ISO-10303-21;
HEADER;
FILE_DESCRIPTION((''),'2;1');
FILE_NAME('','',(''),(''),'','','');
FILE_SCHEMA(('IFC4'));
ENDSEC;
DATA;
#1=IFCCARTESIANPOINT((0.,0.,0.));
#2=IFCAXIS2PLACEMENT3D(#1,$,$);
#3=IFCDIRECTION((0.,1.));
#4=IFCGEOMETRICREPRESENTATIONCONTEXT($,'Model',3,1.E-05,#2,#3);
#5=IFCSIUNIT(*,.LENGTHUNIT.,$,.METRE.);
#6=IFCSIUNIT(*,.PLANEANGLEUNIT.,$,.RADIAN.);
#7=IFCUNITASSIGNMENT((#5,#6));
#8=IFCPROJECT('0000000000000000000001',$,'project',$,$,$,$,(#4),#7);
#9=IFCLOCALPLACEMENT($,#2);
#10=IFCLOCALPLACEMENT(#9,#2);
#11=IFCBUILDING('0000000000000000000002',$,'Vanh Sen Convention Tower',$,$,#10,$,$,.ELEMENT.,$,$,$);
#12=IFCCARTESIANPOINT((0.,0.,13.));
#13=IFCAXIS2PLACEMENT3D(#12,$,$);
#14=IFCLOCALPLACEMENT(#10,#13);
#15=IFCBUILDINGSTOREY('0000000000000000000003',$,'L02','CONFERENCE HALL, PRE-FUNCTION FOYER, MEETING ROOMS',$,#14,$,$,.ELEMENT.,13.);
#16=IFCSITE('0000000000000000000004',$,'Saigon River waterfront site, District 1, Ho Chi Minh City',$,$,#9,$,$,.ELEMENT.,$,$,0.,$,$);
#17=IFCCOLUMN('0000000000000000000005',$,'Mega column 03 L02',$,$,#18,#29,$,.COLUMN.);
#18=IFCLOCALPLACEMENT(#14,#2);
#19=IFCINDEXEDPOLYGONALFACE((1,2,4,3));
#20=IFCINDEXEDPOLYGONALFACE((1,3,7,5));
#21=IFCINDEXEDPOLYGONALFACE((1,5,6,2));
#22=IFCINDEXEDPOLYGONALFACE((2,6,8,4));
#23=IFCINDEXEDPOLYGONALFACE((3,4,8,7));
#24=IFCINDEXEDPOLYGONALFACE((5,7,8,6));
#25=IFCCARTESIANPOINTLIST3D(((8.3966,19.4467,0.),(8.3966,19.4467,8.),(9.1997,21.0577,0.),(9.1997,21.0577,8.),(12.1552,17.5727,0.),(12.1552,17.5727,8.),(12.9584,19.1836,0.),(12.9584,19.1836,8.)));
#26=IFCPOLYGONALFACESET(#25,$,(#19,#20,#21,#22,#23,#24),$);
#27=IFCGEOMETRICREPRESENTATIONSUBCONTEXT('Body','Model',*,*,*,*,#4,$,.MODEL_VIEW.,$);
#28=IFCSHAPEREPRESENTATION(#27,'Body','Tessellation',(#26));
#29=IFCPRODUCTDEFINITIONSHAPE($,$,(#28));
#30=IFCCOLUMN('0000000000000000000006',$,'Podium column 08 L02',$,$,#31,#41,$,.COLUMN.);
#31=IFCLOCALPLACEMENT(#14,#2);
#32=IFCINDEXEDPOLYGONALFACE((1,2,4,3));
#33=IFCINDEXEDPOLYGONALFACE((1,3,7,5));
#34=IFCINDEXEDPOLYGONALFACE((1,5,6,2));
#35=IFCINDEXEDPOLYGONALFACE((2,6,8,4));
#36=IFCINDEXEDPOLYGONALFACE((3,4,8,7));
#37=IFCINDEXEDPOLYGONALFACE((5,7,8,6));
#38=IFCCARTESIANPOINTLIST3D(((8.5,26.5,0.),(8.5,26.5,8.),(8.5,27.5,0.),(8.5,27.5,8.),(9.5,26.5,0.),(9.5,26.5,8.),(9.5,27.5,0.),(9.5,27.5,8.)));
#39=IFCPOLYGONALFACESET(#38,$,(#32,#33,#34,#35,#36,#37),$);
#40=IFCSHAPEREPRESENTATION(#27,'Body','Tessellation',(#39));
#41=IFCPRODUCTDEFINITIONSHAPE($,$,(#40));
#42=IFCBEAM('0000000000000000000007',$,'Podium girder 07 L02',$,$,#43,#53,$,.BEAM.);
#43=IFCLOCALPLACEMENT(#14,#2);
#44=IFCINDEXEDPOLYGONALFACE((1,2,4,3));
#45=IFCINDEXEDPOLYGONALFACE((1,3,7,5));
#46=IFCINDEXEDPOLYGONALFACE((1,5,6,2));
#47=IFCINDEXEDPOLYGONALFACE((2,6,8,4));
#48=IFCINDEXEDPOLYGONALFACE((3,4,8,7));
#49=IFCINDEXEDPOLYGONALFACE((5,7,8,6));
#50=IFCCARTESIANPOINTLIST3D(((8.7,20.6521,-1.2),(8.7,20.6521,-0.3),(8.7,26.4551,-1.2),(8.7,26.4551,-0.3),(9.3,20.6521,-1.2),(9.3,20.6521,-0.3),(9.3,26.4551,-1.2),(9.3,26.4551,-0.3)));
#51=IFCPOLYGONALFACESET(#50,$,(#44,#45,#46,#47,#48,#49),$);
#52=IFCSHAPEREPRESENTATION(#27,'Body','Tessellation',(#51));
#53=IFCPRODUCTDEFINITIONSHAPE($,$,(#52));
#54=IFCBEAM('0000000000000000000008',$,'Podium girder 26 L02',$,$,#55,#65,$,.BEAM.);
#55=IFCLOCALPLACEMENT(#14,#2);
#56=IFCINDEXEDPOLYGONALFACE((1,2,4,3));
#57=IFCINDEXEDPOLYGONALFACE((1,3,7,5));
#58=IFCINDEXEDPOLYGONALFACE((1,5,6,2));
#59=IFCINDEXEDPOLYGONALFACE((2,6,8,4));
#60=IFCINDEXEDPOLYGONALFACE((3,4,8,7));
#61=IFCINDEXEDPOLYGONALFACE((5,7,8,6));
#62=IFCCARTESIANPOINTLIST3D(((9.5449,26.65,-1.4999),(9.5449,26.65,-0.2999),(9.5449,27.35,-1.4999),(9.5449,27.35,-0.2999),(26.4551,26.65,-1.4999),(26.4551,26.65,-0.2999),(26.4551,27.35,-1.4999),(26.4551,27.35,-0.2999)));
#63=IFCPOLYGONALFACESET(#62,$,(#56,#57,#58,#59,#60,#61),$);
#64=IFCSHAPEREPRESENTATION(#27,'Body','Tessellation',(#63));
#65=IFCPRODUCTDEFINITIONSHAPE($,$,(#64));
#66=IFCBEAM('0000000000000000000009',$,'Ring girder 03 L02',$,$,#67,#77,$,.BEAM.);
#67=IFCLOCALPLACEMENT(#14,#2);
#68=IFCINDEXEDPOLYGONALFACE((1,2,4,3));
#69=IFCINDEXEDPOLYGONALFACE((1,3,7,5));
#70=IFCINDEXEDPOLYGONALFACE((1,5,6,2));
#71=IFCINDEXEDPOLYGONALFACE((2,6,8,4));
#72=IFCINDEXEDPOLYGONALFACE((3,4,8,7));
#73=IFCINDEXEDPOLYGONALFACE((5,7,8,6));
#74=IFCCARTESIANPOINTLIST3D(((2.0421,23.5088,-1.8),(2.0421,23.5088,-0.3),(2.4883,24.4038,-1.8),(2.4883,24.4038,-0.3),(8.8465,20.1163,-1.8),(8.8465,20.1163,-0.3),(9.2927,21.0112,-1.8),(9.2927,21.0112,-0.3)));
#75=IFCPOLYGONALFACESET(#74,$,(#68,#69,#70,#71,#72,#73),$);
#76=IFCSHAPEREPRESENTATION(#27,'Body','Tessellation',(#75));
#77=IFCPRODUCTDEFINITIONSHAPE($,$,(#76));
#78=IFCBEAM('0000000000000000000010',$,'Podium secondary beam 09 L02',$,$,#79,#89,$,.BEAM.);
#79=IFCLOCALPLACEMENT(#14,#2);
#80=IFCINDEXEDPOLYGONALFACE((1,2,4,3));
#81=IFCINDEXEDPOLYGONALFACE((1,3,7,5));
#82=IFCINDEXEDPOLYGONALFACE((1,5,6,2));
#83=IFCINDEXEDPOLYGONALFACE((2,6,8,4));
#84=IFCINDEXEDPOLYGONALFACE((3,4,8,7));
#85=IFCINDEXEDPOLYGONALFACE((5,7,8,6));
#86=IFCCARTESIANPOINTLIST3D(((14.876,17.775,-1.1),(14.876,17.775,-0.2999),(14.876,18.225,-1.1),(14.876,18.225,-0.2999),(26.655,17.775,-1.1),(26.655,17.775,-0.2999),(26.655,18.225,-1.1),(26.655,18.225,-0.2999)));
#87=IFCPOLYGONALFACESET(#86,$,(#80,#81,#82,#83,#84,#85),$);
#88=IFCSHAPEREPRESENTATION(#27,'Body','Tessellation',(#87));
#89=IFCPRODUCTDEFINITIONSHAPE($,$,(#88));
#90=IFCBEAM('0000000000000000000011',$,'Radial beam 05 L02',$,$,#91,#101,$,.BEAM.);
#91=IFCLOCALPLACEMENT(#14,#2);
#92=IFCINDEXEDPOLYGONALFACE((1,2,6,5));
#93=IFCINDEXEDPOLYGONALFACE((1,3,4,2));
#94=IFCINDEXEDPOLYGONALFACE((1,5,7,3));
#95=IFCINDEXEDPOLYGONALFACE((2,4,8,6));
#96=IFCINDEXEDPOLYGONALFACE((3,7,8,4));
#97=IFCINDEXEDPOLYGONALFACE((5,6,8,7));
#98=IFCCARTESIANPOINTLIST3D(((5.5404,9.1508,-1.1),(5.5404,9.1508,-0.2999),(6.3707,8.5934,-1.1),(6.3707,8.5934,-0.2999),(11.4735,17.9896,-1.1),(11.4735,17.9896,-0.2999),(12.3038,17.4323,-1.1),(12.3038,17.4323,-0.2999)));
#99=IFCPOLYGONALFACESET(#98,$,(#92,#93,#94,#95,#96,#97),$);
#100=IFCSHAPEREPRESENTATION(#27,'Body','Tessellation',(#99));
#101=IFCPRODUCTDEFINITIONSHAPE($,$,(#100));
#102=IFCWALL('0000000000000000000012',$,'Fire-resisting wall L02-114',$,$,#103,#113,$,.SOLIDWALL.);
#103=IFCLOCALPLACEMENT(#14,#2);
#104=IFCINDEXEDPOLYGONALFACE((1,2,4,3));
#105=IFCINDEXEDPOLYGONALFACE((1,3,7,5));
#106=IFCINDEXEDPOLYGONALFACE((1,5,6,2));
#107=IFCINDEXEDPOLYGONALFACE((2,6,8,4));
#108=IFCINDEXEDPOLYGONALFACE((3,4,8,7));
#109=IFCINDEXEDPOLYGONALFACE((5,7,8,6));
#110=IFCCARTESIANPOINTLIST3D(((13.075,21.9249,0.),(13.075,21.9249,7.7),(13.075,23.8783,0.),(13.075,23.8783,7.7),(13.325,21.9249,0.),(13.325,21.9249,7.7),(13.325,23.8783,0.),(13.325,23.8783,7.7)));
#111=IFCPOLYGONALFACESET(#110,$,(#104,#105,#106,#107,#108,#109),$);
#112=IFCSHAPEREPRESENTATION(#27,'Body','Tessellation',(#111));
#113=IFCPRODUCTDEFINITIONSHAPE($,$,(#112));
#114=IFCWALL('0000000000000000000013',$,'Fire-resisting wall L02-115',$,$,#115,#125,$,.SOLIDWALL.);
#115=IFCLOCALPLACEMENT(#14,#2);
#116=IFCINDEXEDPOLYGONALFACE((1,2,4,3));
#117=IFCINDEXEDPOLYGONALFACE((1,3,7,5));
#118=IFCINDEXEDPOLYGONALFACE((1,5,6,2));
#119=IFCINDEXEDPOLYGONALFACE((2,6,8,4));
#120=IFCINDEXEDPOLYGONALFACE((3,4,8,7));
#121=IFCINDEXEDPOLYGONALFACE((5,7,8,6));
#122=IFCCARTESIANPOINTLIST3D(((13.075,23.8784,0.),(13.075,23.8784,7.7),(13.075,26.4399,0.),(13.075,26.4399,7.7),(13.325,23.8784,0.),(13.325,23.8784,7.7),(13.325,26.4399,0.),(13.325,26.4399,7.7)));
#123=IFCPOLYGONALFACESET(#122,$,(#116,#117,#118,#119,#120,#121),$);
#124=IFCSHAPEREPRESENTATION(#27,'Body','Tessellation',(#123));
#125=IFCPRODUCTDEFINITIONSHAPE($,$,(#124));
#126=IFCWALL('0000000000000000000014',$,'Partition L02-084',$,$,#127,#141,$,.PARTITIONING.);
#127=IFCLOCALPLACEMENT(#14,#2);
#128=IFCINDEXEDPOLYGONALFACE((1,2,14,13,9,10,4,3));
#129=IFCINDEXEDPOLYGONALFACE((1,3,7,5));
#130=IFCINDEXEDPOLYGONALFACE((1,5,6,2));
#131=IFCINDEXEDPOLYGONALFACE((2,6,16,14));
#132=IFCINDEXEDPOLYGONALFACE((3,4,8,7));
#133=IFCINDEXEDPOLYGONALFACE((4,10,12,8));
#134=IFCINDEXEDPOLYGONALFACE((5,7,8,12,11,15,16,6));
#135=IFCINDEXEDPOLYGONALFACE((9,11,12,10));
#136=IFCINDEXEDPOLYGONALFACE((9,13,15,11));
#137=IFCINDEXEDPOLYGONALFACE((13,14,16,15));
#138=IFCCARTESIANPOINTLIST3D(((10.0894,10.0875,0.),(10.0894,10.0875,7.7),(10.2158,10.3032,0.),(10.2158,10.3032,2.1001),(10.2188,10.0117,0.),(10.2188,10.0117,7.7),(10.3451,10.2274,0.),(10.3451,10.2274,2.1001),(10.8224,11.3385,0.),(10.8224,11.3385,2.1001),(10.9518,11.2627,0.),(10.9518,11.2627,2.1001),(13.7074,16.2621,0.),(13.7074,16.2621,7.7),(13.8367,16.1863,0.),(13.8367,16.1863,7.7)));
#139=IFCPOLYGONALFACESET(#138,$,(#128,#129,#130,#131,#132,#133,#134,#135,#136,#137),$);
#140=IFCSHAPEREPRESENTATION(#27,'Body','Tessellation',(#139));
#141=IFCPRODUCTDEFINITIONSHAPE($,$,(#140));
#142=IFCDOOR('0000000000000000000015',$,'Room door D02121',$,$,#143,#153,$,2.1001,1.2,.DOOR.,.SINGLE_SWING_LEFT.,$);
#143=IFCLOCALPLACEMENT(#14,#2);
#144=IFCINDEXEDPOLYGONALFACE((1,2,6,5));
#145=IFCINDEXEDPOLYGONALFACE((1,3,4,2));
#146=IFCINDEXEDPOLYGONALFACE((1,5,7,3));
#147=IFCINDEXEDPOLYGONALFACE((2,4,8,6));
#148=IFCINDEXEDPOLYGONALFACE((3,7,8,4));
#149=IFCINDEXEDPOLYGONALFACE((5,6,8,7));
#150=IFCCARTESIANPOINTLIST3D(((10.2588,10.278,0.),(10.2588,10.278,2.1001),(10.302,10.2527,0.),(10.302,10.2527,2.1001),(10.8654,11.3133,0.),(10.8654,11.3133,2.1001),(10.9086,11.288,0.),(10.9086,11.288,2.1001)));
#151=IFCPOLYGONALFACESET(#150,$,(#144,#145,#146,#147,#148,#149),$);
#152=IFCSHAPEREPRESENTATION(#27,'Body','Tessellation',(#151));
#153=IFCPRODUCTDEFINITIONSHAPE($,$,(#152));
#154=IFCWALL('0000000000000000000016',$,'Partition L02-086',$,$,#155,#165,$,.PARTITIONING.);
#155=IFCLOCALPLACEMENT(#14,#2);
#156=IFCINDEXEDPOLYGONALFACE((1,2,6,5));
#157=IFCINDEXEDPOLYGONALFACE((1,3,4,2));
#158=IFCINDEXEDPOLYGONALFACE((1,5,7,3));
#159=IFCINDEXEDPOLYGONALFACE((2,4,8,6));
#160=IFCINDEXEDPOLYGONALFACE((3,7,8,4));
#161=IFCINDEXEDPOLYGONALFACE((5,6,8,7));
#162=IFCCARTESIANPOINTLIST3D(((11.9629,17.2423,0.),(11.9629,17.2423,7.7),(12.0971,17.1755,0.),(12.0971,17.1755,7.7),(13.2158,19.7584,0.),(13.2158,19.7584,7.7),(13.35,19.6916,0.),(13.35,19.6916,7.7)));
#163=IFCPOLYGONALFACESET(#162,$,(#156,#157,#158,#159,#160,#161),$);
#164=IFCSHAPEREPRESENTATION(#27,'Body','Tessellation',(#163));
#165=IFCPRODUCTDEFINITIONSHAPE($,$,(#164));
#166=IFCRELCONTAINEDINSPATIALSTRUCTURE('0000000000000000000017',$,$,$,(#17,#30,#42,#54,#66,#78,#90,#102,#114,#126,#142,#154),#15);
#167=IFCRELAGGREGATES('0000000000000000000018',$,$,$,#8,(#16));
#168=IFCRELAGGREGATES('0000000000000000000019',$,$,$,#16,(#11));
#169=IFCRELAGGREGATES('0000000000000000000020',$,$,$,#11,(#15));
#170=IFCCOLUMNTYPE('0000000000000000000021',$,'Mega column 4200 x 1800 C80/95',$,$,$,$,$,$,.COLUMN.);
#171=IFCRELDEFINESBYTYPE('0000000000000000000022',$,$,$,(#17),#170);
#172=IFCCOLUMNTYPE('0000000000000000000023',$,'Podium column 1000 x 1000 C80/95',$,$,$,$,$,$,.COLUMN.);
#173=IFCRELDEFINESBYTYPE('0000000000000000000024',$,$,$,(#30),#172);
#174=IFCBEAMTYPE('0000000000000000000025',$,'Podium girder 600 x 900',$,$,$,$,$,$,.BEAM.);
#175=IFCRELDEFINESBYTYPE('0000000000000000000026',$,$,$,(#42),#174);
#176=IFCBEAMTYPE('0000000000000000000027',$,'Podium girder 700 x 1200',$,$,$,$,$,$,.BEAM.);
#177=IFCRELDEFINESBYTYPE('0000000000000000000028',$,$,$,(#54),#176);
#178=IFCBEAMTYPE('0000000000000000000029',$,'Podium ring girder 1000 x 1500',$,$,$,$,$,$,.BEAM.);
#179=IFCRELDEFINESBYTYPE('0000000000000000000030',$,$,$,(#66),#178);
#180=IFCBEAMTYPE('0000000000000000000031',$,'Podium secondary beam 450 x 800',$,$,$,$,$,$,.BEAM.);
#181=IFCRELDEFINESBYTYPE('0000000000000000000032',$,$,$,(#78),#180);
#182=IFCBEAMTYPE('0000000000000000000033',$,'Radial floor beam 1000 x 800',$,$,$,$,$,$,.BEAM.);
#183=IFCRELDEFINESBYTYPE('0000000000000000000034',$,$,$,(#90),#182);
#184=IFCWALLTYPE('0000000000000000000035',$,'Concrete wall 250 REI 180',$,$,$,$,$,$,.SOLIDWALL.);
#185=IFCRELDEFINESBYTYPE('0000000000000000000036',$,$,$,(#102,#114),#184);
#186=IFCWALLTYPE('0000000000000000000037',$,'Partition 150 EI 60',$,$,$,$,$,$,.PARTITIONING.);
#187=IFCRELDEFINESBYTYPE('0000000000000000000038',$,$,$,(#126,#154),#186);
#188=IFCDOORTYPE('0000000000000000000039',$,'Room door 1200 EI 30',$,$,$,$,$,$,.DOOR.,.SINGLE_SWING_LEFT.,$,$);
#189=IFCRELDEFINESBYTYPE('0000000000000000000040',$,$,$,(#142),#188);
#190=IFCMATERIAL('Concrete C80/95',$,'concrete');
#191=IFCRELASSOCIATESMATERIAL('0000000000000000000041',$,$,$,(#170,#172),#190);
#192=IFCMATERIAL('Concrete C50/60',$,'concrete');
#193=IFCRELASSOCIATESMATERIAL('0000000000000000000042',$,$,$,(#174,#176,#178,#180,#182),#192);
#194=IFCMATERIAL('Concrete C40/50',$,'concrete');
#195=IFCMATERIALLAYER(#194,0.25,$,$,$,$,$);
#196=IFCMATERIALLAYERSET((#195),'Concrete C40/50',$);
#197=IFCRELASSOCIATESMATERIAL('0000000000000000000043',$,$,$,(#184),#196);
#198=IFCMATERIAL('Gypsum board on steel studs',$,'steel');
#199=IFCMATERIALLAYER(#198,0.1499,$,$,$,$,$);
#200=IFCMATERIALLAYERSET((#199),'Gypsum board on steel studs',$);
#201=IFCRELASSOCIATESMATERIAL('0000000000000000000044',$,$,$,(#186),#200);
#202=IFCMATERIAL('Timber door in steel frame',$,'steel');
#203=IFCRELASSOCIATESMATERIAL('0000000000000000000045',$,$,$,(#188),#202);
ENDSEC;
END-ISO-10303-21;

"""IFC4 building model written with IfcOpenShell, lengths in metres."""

from ifc_helpers import new_model, si_unit, direction, frame, frame_2d, origin, origin_2d, place, context, subcontext, project, spatial, rectangle, extrude, material, layer, layer_set, material_profile, profile_set, type_object, element, fill, save


model = new_model("IFC4")

# Units and contexts
model_context = context("Model", 3, precision=1e-05, world=origin(), true_north=direction((0.0, 1.0)))
body_context = subcontext(model_context, "Body", "Model", "MODEL_VIEW")
ifc_project = project(units=[si_unit("LENGTHUNIT", "METRE"), si_unit("PLANEANGLEUNIT", "RADIAN")], contexts=[model_context])

# Site, building, storey
site_placement = place(None, origin())
site = spatial("IfcSite", under=ifc_project, at=site_placement, Name="Saigon River waterfront site, District 1, Ho Chi Minh City", CompositionType="ELEMENT", RefElevation=0.0)
building_placement = place(site_placement, origin())
building = spatial("IfcBuilding", under=site, at=building_placement, Name="Vanh Sen Convention Tower", CompositionType="ELEMENT")
storey_placement = place(building_placement, frame((0.0, 0.0, 13.0)))
storey = spatial("IfcBuildingStorey", under=building, at=storey_placement, Name="L02", Description="CONFERENCE HALL, PRE-FUNCTION FOYER, MEETING ROOMS", CompositionType="ELEMENT", Elevation=13.0)

# Columns
ifc_material_1 = material(Name="Concrete C80/95", Category="concrete")
ifc_material_profile_1 = material_profile(ifc_material_1, rectangle(XDim=4.2, YDim=1.8, at=origin_2d()), Name="RC 4200X1800")
ifc_profile_set_1 = profile_set([ifc_material_profile_1], Name="Concrete C80/95")
column_type_1 = type_object("IfcColumnType", Name="Mega column 4200 x 1800 C80/95", PredefinedType="COLUMN", material=ifc_profile_set_1)
column_1_placement = place(storey_placement, frame((10.6775, 19.3152, 0.0), z_axis=(0.0, 0.0, 1.0), x_axis=(-0.894935, 0.446196, 0.0)))
element("IfcColumn", 1, at=column_1_placement, inside=storey, type_object=column_type_1, Name="Mega column 03 L02", PredefinedType="COLUMN", context=body_context, shape_type="SweptSolid", body=[
    extrude(rectangle(XDim=4.2, YDim=1.8, at=origin_2d()), origin(), (0.0, 0.0, 1.0), 8.0),
])
ifc_material_profile_2 = material_profile(ifc_material_1, rectangle(XDim=1.0, YDim=1.0, at=origin_2d()), Name="RC 1000X1000")
ifc_profile_set_2 = profile_set([ifc_material_profile_2], Name="Concrete C80/95")
column_type_2 = type_object("IfcColumnType", Name="Podium column 1000 x 1000 C80/95", PredefinedType="COLUMN", material=ifc_profile_set_2)
column_2_placement = place(storey_placement, frame((9.0, 27.0, 0.0), z_axis=(0.0, 0.0, 1.0), x_axis=(1.0, 0.0, 0.0)))
element("IfcColumn", 2, at=column_2_placement, inside=storey, type_object=column_type_2, Name="Podium column 08 L02", PredefinedType="COLUMN", context=body_context, shape_type="SweptSolid", body=[
    extrude(rectangle(XDim=1.0, YDim=1.0, at=origin_2d()), origin(), (0.0, 0.0, 1.0), 8.0),
])

# Beams
ifc_material_2 = material(Name="Concrete C50/60", Category="concrete")
ifc_material_profile_3 = material_profile(ifc_material_2, rectangle(XDim=0.6001, YDim=0.8999, at=origin_2d()), Name="RC 600X900")
ifc_profile_set_3 = profile_set([ifc_material_profile_3], Name="Concrete C50/60")
beam_type_1 = type_object("IfcBeamType", Name="Podium girder 600 x 900", PredefinedType="BEAM", material=ifc_profile_set_3)
beam_1_placement = place(storey_placement, frame((9.0, 20.6521, -0.75), z_axis=(0.0, 1.0, 0.0), x_axis=(-1.0, 0.0, 0.0)))
element("IfcBeam", 3, at=beam_1_placement, inside=storey, type_object=beam_type_1, Name="Podium girder 07 L02", PredefinedType="BEAM", context=body_context, shape_type="SweptSolid", body=[
    extrude(rectangle(XDim=0.6001, YDim=0.8999, at=origin_2d()), origin(), (0.0, 0.0, 1.0), 5.803),
])
ifc_material_profile_4 = material_profile(ifc_material_2, rectangle(XDim=0.7, YDim=1.2, at=origin_2d()), Name="RC 700X1200")
ifc_profile_set_4 = profile_set([ifc_material_profile_4], Name="Concrete C50/60")
beam_type_2 = type_object("IfcBeamType", Name="Podium girder 700 x 1200", PredefinedType="BEAM", material=ifc_profile_set_4)
beam_2_placement = place(storey_placement, frame((9.5449, 27.0, -0.8999), z_axis=(1.0, 0.0, 0.0), x_axis=(0.0, 1.0, 0.0)))
element("IfcBeam", 4, at=beam_2_placement, inside=storey, type_object=beam_type_2, Name="Podium girder 26 L02", PredefinedType="BEAM", context=body_context, shape_type="SweptSolid", body=[
    extrude(rectangle(XDim=0.7, YDim=1.2, at=origin_2d()), origin(), (0.0, 0.0, 1.0), 16.9102),
])
ifc_material_profile_5 = material_profile(ifc_material_2, rectangle(XDim=1.0, YDim=1.5, at=origin_2d()), Name="RC 1000X1500")
ifc_profile_set_5 = profile_set([ifc_material_profile_5], Name="Concrete C50/60")
beam_type_3 = type_object("IfcBeamType", Name="Podium ring girder 1000 x 1500", PredefinedType="BEAM", material=ifc_profile_set_5)
beam_3_placement = place(storey_placement, frame((9.0696, 20.5637, -1.05), z_axis=(-0.894934, 0.446199, 0.0), x_axis=(-0.446199, -0.894934, 0.0)))
element("IfcBeam", 5, at=beam_3_placement, inside=storey, type_object=beam_type_3, Name="Ring girder 03 L02", PredefinedType="BEAM", context=body_context, shape_type="SweptSolid", body=[
    extrude(rectangle(XDim=1.0, YDim=1.5, at=origin_2d()), origin(), (0.0, 0.0, 1.0), 7.6033),
])
ifc_material_profile_6 = material_profile(ifc_material_2, rectangle(XDim=0.45, YDim=0.8, at=origin_2d()), Name="RC 450X800")
ifc_profile_set_6 = profile_set([ifc_material_profile_6], Name="Concrete C50/60")
beam_type_4 = type_object("IfcBeamType", Name="Podium secondary beam 450 x 800", PredefinedType="BEAM", material=ifc_profile_set_6)
beam_4_placement = place(storey_placement, frame((14.876, 18.0, -0.7), z_axis=(1.0, 0.0, 0.0), x_axis=(0.0, 1.0, 0.0)))
element("IfcBeam", 6, at=beam_4_placement, inside=storey, type_object=beam_type_4, Name="Podium secondary beam 09 L02", PredefinedType="BEAM", context=body_context, shape_type="SweptSolid", body=[
    extrude(rectangle(XDim=0.45, YDim=0.8, at=origin_2d()), origin(), (0.0, 0.0, 1.0), 11.7791),
])
ifc_material_profile_7 = material_profile(ifc_material_2, rectangle(XDim=1.0, YDim=0.8, at=origin_2d()), Name="RC 1000X800")
ifc_profile_set_7 = profile_set([ifc_material_profile_7], Name="Concrete C50/60")
beam_type_5 = type_object("IfcBeamType", Name="Radial floor beam 1000 x 800", PredefinedType="BEAM", material=ifc_profile_set_7)
beam_5_placement = place(storey_placement, frame((11.8887, 17.7109, -0.7), z_axis=(-0.557333, -0.830289, 0.0), x_axis=(0.830289, -0.557333, 0.0)))
element("IfcBeam", 7, at=beam_5_placement, inside=storey, type_object=beam_type_5, Name="Radial beam 05 L02", PredefinedType="BEAM", context=body_context, shape_type="SweptSolid", body=[
    extrude(rectangle(XDim=1.0, YDim=0.8, at=origin_2d()), origin(), (0.0, 0.0, 1.0), 10.6455),
])

# Walls
ifc_material_3 = material(Name="Concrete C40/50", Category="concrete")
ifc_layer_1 = layer(ifc_material_3, 0.25)
ifc_layer_set_1 = layer_set([ifc_layer_1], Name="Concrete C40/50")
wall_type_1 = type_object("IfcWallType", Name="Concrete wall 250 REI 180", PredefinedType="SOLIDWALL", material=ifc_layer_set_1)
wall_1_placement = place(storey_placement, frame((13.2, 21.925, 0.0), z_axis=(0.0, 0.0, 1.0), x_axis=(0.0, 1.0, 0.0)))
element("IfcWall", 8, at=wall_1_placement, inside=storey, type_object=wall_type_1, Name="Fire-resisting wall L02-114", PredefinedType="SOLIDWALL", context=body_context, shape_type="SweptSolid", body=[
    extrude(rectangle(XDim=1.9534, YDim=0.25, at=frame_2d((0.9766, 0.0))), origin(), (0.0, 0.0, 1.0), 7.7),
])
wall_2_placement = place(storey_placement, frame((13.2, 23.8784, 0.0), z_axis=(0.0, 0.0, 1.0), x_axis=(0.0, 1.0, 0.0)))
element("IfcWall", 9, at=wall_2_placement, inside=storey, type_object=wall_type_1, Name="Fire-resisting wall L02-115", PredefinedType="SOLIDWALL", context=body_context, shape_type="SweptSolid", body=[
    extrude(rectangle(XDim=2.5615, YDim=0.25, at=frame_2d((1.2808, 0.0))), origin(), (0.0, 0.0, 1.0), 7.7),
])

# Wall, opening, door
ifc_material_4 = material(Name="Gypsum board on steel studs", Category="steel")
ifc_layer_2 = layer(ifc_material_4, 0.1499)
ifc_layer_set_2 = layer_set([ifc_layer_2], Name="Gypsum board on steel studs")
wall_type_2 = type_object("IfcWallType", Name="Partition 150 EI 60", PredefinedType="PARTITIONING", material=ifc_layer_set_2)
wall_3_placement = place(storey_placement, frame((13.772, 16.2241, 0.0), z_axis=(0.0, 0.0, 1.0), x_axis=(-0.505548, -0.862799, 0.0)))
wall_3 = element("IfcWall", 10, at=wall_3_placement, inside=storey, type_object=wall_type_2, Name="Partition L02-084", PredefinedType="PARTITIONING", context=body_context, shape_type="SweptSolid", body=[
    extrude(rectangle(XDim=7.1565, YDim=0.1499, at=frame_2d((3.5781, 0.0))), origin(), (0.0, 0.0, 1.0), 7.7),
])
opening_1_placement = place(wall_3_placement, frame((5.7063, 0.0, 0.0)))
opening_1 = element("IfcOpeningElement", 11, at=opening_1_placement, cuts=wall_3, PredefinedType="OPENING", context=body_context, shape_type="SweptSolid", body=[
    extrude(rectangle(XDim=1.2, YDim=2.1001, at=frame_2d((0.6001, 1.05))), frame((0.0, 0.085, 0.0), z_axis=(0.0, -1.0, 0.0), x_axis=(1.0, 0.0, 0.0)), (0.0, 0.0, 1.0), 0.1699),
])
ifc_material_5 = material(Name="Timber door in steel frame", Category="steel")
door_type = type_object("IfcDoorType", Name="Room door 1200 EI 30", OperationType="SINGLE_SWING_LEFT", PredefinedType="DOOR", material=ifc_material_5)
door_1_placement = place(opening_1_placement, origin())
door_1 = element("IfcDoor", 12, at=door_1_placement, inside=storey, type_object=door_type, Name="Room door D02121", OperationType="SINGLE_SWING_LEFT", OverallHeight=2.1001, OverallWidth=1.2, PredefinedType="DOOR", context=body_context, shape_type="SweptSolid", body=[
    extrude(rectangle(XDim=1.2, YDim=2.1001, at=frame_2d((0.6001, 1.05))), frame((0.0, 0.0249, 0.0), z_axis=(0.0, -1.0, 0.0), x_axis=(1.0, 0.0, 0.0)), (0.0, 0.0, 1.0), 0.05),
])
fill(opening_1, door_1)

# Wall
wall_4_placement = place(storey_placement, frame((12.03, 17.209, 0.0), z_axis=(0.0, 0.0, 1.0), x_axis=(0.445754, 0.895156, 0.0)))
element("IfcWall", 13, at=wall_4_placement, inside=storey, type_object=wall_type_2, Name="Partition L02-086", PredefinedType="PARTITIONING", context=body_context, shape_type="SweptSolid", body=[
    extrude(rectangle(XDim=2.8108, YDim=0.1499, at=frame_2d((1.4053, 0.0))), origin(), (0.0, 0.0, 1.0), 7.7),
])

save(model, "model.ifc")
